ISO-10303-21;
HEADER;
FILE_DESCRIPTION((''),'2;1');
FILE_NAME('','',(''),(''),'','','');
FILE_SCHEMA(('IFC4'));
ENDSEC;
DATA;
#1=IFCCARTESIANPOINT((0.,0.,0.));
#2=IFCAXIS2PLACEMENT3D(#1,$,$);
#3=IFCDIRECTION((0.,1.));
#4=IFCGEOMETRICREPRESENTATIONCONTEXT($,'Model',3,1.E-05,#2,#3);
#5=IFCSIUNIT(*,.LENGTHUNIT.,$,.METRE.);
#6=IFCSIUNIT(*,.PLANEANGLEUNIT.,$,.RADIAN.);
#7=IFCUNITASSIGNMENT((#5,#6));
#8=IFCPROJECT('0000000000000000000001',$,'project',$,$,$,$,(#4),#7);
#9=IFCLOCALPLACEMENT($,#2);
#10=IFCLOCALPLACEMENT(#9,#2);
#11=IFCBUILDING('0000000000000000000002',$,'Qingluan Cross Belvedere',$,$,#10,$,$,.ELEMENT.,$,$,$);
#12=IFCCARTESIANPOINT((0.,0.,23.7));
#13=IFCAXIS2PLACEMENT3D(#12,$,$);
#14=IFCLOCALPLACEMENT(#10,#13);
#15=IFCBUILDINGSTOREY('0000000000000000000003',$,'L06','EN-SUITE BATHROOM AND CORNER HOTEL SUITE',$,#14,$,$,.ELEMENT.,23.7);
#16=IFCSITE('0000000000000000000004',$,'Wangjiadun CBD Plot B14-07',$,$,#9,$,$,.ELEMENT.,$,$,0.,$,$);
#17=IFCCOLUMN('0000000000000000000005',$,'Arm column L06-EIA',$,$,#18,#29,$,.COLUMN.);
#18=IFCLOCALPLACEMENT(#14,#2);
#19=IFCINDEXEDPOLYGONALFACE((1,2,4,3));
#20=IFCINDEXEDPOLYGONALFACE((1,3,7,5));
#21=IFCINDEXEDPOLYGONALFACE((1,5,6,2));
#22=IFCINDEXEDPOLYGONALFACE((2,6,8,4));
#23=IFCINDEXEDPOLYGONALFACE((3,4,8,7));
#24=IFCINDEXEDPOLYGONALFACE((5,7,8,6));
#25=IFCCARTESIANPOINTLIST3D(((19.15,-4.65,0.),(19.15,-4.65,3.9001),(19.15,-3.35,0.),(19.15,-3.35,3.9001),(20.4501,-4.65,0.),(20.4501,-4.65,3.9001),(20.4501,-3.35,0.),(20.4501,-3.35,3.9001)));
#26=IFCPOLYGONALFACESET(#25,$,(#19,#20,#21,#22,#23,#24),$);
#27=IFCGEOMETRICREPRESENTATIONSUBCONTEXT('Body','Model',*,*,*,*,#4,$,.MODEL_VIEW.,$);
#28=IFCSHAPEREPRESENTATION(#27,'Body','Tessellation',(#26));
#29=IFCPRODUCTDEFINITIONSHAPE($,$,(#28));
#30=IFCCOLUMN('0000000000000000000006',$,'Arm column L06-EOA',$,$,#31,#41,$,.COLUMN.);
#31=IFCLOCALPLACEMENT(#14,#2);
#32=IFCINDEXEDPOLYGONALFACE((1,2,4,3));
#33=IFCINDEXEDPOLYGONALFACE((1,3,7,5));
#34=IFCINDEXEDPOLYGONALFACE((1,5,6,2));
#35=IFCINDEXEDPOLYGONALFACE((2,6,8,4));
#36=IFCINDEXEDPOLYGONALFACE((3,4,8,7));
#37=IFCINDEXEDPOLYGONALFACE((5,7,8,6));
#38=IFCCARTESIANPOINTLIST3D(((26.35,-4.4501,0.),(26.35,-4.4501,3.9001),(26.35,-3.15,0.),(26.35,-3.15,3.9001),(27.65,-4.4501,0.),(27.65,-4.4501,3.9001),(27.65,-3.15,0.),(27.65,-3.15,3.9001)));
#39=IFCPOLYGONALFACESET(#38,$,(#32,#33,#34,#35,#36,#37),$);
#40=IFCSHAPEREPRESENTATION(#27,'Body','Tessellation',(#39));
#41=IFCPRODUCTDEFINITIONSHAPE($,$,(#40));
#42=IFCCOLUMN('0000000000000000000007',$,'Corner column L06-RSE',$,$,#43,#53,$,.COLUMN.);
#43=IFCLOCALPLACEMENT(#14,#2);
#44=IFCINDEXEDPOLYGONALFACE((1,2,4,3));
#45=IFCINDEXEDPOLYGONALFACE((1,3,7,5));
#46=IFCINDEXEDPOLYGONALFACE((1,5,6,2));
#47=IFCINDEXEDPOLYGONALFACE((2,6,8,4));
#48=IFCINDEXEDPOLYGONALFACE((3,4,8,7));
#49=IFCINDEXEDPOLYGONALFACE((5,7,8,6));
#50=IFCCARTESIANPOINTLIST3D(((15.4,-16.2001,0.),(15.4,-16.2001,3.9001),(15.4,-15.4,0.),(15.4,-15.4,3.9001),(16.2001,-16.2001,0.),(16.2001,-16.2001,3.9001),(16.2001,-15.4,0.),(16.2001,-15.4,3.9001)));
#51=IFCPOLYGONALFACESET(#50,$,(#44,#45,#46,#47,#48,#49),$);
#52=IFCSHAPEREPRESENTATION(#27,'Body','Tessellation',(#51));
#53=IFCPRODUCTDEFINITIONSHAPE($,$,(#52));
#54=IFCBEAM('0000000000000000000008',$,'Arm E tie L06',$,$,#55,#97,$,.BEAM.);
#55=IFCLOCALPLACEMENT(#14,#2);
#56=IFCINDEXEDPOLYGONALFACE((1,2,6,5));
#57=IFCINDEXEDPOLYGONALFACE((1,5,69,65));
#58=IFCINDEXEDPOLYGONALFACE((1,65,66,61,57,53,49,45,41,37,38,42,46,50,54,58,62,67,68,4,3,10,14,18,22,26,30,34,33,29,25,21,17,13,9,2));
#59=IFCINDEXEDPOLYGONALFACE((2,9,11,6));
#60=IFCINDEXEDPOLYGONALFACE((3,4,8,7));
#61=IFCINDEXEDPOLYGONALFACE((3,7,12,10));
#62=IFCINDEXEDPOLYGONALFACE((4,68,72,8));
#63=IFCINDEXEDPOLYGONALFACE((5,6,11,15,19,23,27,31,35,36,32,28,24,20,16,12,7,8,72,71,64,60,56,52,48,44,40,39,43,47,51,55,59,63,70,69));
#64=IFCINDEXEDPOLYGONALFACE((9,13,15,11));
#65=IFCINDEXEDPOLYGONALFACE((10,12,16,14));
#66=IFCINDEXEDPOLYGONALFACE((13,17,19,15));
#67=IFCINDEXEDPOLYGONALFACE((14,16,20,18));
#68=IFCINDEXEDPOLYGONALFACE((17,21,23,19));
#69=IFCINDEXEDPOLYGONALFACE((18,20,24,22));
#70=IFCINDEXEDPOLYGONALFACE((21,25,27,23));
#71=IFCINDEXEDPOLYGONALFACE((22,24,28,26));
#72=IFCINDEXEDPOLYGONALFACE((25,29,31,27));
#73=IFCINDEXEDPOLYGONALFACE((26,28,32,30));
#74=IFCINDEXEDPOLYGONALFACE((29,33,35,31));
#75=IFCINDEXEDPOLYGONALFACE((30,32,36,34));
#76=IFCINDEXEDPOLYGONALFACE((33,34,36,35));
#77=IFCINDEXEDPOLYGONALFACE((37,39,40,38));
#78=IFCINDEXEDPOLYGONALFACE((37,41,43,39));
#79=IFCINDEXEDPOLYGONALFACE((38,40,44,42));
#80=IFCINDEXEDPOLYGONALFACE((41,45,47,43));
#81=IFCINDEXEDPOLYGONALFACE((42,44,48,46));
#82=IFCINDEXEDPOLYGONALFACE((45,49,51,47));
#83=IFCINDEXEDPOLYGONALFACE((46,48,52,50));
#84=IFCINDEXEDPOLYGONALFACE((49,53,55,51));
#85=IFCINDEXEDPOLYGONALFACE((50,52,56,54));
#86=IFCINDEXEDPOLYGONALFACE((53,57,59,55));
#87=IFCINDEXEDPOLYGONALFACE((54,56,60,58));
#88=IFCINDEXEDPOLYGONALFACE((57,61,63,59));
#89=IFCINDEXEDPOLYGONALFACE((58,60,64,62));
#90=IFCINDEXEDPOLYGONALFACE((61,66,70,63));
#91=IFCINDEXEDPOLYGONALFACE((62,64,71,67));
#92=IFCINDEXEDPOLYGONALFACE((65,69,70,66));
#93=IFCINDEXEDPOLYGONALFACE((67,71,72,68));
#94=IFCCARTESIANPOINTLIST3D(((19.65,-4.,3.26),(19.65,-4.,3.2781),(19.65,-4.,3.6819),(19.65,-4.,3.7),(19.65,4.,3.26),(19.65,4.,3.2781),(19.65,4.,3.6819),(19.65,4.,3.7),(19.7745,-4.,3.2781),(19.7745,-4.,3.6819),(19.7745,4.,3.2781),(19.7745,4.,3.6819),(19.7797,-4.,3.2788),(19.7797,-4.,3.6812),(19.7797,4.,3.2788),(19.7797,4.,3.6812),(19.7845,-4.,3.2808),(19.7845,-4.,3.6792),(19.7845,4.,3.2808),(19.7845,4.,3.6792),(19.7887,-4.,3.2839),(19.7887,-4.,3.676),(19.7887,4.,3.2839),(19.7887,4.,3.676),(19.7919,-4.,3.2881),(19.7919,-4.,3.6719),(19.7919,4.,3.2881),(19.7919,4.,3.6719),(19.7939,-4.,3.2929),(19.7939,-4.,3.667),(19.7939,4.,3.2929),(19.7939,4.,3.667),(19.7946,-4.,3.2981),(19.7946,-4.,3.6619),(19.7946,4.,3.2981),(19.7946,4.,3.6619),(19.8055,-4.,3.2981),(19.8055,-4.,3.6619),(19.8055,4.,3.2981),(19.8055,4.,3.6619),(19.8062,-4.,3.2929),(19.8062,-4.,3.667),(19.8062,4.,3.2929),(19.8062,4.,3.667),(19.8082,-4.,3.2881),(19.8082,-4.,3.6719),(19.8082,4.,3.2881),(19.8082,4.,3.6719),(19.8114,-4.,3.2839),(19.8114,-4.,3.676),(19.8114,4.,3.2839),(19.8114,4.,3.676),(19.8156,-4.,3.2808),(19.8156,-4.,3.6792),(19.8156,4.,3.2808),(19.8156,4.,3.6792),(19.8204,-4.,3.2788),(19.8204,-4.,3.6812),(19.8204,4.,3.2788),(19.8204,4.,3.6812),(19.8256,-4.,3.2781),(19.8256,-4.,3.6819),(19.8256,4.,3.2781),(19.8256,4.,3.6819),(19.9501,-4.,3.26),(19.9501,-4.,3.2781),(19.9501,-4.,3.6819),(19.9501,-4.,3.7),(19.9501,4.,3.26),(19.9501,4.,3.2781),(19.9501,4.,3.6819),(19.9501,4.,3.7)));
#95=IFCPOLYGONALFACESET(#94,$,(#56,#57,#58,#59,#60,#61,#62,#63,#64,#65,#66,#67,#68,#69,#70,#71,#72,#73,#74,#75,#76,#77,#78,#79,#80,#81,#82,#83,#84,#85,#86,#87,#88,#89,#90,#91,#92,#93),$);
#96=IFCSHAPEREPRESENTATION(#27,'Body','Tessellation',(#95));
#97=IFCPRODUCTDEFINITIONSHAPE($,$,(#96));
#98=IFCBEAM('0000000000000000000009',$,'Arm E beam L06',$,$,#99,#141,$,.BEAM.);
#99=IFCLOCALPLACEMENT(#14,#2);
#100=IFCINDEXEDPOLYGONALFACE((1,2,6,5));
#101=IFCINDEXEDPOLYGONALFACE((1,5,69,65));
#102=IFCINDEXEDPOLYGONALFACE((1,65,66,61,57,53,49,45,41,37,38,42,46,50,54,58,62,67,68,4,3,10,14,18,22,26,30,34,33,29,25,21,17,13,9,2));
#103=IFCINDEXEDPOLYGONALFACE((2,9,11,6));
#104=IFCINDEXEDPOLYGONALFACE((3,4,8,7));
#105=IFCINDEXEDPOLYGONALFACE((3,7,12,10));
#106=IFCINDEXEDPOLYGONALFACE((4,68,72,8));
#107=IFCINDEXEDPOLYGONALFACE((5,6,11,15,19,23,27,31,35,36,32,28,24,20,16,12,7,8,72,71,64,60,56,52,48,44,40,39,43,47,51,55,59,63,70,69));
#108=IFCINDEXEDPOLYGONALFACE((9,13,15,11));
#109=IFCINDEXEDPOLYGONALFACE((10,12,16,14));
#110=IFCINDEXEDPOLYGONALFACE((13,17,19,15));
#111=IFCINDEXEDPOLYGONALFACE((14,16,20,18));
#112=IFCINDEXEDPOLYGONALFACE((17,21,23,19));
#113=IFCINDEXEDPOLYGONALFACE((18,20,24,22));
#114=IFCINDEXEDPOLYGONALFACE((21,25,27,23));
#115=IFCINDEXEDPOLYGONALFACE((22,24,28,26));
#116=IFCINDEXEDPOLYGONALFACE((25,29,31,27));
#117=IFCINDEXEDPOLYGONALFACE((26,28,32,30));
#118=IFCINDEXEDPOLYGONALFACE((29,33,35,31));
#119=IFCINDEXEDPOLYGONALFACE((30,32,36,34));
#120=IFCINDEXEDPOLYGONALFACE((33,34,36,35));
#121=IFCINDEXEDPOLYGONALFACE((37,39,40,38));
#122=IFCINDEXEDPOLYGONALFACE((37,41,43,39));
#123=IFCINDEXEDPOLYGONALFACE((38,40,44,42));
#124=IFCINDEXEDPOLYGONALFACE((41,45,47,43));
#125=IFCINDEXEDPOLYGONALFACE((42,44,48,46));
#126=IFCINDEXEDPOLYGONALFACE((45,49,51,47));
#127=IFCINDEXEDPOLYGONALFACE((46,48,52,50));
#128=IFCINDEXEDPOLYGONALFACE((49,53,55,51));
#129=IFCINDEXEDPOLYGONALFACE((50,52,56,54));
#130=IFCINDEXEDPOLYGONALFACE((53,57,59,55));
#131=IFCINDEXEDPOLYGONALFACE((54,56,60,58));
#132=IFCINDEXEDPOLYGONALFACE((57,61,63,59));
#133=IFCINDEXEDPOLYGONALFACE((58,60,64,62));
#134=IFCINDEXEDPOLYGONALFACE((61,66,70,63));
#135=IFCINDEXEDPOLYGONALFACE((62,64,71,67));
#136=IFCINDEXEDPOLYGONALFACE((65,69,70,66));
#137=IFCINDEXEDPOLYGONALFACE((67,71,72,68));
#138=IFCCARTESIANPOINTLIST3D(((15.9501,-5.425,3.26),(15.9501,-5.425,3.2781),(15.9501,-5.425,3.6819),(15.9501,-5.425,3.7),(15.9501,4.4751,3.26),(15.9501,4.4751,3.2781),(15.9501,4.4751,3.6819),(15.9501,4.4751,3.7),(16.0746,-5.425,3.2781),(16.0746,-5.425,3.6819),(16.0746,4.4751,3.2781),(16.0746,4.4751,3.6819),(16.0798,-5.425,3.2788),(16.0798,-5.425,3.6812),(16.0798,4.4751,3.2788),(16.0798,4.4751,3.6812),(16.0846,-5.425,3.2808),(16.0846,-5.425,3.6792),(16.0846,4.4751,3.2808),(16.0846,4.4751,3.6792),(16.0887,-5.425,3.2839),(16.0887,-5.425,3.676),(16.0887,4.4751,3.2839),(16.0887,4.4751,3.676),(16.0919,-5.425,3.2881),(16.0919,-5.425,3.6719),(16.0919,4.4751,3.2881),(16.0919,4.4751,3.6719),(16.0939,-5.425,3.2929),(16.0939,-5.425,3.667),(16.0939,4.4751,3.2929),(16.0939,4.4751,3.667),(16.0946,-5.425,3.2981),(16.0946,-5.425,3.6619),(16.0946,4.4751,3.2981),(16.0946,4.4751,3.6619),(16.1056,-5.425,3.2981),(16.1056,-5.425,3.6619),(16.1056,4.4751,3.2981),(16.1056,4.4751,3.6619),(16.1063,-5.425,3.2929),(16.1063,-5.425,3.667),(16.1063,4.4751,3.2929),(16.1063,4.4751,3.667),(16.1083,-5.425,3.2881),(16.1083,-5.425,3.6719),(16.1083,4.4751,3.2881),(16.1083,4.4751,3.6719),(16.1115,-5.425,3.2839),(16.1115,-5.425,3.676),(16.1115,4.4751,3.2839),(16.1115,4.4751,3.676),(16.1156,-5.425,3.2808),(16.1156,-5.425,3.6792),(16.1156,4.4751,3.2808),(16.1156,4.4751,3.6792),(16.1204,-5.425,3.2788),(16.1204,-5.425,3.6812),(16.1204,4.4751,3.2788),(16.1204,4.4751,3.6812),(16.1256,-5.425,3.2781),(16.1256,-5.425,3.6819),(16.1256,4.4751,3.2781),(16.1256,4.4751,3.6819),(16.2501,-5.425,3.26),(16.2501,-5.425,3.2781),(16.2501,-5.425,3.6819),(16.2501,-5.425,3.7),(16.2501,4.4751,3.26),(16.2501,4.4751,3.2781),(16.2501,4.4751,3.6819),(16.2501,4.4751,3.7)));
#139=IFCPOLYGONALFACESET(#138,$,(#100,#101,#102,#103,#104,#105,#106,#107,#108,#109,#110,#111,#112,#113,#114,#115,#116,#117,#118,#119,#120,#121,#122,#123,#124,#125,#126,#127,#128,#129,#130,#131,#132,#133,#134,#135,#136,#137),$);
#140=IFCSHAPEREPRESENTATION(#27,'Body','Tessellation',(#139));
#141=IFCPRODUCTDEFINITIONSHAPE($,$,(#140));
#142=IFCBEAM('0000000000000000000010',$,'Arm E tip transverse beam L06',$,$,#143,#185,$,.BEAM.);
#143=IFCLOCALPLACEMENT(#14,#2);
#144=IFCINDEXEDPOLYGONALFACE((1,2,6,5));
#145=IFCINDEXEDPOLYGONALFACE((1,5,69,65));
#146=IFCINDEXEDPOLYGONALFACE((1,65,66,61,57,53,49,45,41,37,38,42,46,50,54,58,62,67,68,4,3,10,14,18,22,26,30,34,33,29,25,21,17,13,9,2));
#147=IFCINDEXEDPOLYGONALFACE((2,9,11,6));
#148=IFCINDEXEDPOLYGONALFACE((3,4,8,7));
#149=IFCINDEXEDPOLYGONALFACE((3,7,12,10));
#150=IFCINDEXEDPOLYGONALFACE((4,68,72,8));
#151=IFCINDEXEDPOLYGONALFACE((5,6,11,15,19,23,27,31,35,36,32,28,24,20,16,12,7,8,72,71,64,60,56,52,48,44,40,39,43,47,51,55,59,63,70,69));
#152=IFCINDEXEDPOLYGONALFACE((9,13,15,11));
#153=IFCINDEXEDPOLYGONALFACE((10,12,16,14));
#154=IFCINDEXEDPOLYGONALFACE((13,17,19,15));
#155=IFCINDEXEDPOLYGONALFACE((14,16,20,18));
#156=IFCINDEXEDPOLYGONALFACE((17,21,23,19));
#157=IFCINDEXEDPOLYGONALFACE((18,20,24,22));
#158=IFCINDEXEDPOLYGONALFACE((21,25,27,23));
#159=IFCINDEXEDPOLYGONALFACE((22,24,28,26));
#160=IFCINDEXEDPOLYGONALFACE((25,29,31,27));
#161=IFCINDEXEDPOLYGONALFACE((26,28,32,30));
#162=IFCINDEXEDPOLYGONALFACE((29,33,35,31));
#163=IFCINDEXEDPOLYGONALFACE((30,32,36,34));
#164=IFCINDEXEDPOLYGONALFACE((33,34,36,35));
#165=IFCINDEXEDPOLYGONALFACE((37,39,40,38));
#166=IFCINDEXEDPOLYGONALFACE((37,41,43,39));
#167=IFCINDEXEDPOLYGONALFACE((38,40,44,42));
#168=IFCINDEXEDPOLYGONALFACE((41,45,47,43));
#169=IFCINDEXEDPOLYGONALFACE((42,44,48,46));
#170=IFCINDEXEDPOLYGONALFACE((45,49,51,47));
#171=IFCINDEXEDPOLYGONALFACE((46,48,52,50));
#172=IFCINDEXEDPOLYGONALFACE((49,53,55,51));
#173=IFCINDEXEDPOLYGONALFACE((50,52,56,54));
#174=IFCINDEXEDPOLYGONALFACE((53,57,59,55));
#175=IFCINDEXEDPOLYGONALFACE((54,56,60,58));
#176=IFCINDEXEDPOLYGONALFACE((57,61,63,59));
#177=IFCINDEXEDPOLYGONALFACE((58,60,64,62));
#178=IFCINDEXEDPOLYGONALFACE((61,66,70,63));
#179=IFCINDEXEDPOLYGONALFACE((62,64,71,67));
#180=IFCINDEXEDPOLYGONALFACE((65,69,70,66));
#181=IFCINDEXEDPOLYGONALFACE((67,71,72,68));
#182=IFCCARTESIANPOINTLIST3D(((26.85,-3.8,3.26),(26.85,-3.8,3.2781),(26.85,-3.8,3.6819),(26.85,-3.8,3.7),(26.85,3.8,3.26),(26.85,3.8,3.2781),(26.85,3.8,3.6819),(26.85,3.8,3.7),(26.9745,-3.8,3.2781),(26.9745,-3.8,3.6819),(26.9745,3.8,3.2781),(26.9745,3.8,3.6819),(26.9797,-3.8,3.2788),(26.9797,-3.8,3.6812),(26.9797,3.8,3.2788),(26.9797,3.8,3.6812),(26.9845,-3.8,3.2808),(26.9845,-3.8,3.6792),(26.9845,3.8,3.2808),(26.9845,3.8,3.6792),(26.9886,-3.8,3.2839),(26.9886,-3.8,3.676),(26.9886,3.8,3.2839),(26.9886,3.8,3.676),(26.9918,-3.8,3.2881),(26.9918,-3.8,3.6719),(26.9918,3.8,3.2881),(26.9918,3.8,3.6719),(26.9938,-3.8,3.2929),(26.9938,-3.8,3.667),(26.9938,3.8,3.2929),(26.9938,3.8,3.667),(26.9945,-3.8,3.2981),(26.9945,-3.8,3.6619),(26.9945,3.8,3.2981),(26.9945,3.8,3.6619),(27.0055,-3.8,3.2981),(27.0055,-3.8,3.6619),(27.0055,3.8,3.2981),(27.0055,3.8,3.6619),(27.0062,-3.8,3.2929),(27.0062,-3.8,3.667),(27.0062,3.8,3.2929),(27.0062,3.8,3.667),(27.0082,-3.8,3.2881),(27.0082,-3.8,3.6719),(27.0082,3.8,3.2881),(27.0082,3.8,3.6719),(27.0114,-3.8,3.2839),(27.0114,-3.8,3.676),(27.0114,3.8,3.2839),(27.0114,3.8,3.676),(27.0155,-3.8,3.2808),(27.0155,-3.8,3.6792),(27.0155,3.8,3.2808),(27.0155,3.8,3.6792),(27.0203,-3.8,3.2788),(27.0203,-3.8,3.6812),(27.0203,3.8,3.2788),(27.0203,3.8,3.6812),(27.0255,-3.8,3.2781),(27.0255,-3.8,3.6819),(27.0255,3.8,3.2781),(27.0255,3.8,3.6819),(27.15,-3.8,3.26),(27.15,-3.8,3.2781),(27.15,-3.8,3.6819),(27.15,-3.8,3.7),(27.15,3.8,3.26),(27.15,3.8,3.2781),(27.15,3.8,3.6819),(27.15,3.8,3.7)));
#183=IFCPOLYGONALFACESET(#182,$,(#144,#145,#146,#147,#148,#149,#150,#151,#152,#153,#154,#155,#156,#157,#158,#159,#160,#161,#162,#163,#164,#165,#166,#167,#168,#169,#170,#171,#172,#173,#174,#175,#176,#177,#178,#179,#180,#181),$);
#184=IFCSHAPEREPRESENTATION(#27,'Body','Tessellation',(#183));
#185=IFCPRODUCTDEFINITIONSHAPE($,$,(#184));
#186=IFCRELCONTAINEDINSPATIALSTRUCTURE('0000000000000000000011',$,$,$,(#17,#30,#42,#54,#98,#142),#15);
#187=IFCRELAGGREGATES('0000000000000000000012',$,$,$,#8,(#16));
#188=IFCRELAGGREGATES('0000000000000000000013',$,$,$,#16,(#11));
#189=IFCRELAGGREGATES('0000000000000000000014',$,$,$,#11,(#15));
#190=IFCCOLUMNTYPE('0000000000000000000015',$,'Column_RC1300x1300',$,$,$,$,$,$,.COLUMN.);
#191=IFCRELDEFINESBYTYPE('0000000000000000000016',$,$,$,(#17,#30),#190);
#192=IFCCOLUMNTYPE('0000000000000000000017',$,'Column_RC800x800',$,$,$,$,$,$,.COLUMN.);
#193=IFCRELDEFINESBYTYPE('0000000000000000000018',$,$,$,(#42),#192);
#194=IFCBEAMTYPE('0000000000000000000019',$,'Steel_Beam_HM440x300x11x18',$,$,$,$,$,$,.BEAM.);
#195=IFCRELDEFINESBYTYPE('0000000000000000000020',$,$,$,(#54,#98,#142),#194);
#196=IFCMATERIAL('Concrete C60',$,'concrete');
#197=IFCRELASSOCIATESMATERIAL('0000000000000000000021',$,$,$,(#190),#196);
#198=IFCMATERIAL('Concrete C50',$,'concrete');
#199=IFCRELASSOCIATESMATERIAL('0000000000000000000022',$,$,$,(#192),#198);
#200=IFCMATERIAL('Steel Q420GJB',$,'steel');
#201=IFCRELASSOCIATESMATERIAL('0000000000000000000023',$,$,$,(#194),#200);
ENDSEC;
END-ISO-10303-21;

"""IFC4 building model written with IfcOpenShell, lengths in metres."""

from ifc_helpers import new_model, si_unit, direction, frame, origin, origin_2d, place, context, subcontext, project, spatial, rectangle, i_section, extrude, material, material_profile, profile_set, type_object, element, save


model = new_model("IFC4")

# Units and contexts
model_context = context("Model", 3, precision=1e-05, world=origin(), true_north=direction((0.0, 1.0)))
body_context = subcontext(model_context, "Body", "Model", "MODEL_VIEW")
ifc_project = project(units=[si_unit("LENGTHUNIT", "METRE"), si_unit("PLANEANGLEUNIT", "RADIAN")], contexts=[model_context])

# Site, building, storey
site_placement = place(None, origin())
site = spatial("IfcSite", under=ifc_project, at=site_placement, Name="Wangjiadun CBD Plot B14-07", CompositionType="ELEMENT", RefElevation=0.0)
building_placement = place(site_placement, origin())
building = spatial("IfcBuilding", under=site, at=building_placement, Name="Qingluan Cross Belvedere", CompositionType="ELEMENT")
storey_placement = place(building_placement, frame((0.0, 0.0, 23.7)))
storey = spatial("IfcBuildingStorey", under=building, at=storey_placement, Name="L06", Description="EN-SUITE BATHROOM AND CORNER HOTEL SUITE", CompositionType="ELEMENT", Elevation=23.7)

# Columns
ifc_material_1 = material(Name="Concrete C60", Category="concrete")
ifc_material_profile_1 = material_profile(ifc_material_1, rectangle(XDim=1.3, YDim=1.3, at=origin_2d()), Name="RC1300x1300")
ifc_profile_set_1 = profile_set([ifc_material_profile_1], Name="Concrete C60")
column_type_1 = type_object("IfcColumnType", Name="Column_RC1300x1300", PredefinedType="COLUMN", material=ifc_profile_set_1)
for number, where, z_axis, x_axis, name in (
    (1, (19.8, -4.0, 0.0), (0.0, 0.0, 1.0), (1.0, 0.0, 0.0), "Arm column L06-EIA"),
    (2, (27.0, -3.8, 0.0), (0.0, 0.0, 1.0), (1.0, 0.0, 0.0), "Arm column L06-EOA"),
):
    element("IfcColumn", number, at=place(storey_placement, frame(where, z_axis=z_axis, x_axis=x_axis)), inside=storey, type_object=column_type_1, Name=name, PredefinedType="COLUMN", context=body_context, shape_type="SweptSolid", body=[
        extrude(rectangle(XDim=1.3, YDim=1.3, at=origin_2d()), origin(), (0.0, 0.0, 1.0), 3.9001),
    ])
ifc_material_2 = material(Name="Concrete C50", Category="concrete")
ifc_material_profile_2 = material_profile(ifc_material_2, rectangle(XDim=0.8, YDim=0.8, at=origin_2d()), Name="RC800x800")
ifc_profile_set_2 = profile_set([ifc_material_profile_2], Name="Concrete C50")
column_type_2 = type_object("IfcColumnType", Name="Column_RC800x800", PredefinedType="COLUMN", material=ifc_profile_set_2)
column_placement = place(storey_placement, frame((15.8, -15.8, 0.0), z_axis=(0.0, 0.0, 1.0), x_axis=(1.0, 0.0, 0.0)))
element("IfcColumn", 3, at=column_placement, inside=storey, type_object=column_type_2, Name="Corner column L06-RSE", PredefinedType="COLUMN", context=body_context, shape_type="SweptSolid", body=[
    extrude(rectangle(XDim=0.8, YDim=0.8, at=origin_2d()), origin(), (0.0, 0.0, 1.0), 3.9001),
])

# Beams
ifc_material_3 = material(Name="Steel Q420GJB", Category="steel")
ifc_material_profile_3 = material_profile(ifc_material_3, i_section(OverallWidth=0.3, OverallDepth=0.4399, WebThickness=0.011, FlangeThickness=0.0181, FilletRadius=0.02, at=origin_2d()), Name="HM440x300x11x18")
ifc_profile_set_3 = profile_set([ifc_material_profile_3], Name="Steel Q420GJB")
beam_type_1 = type_object("IfcBeamType", Name="Steel_Beam_HM440x300x11x18", PredefinedType="BEAM", material=ifc_profile_set_3)
beam_1_placement = place(storey_placement, frame((19.8, -4.0, 3.48), z_axis=(0.0, 1.0, 0.0), x_axis=(-1.0, 0.0, 0.0)))
element("IfcBeam", 4, at=beam_1_placement, inside=storey, type_object=beam_type_1, Name="Arm E tie L06", PredefinedType="BEAM", context=body_context, shape_type="SweptSolid", body=[
    extrude(i_section(OverallWidth=0.3, OverallDepth=0.4399, WebThickness=0.011, FlangeThickness=0.0181, FilletRadius=0.02, at=origin_2d()), origin(), (0.0, 0.0, 1.0), 8.0),
])
beam_2_placement = place(storey_placement, frame((16.1001, -5.425, 3.48), z_axis=(0.0, 1.0, 0.0), x_axis=(-1.0, 0.0, 0.0)))
element("IfcBeam", 5, at=beam_2_placement, inside=storey, type_object=beam_type_1, Name="Arm E beam L06", PredefinedType="BEAM", context=body_context, shape_type="SweptSolid", body=[
    extrude(i_section(OverallWidth=0.3, OverallDepth=0.4399, WebThickness=0.011, FlangeThickness=0.0181, FilletRadius=0.02, at=origin_2d()), origin(), (0.0, 0.0, 1.0), 9.9001),
])
beam_3_placement = place(storey_placement, frame((27.0, -3.8, 3.48), z_axis=(0.0, 1.0, 0.0), x_axis=(-1.0, 0.0, 0.0)))
element("IfcBeam", 6, at=beam_3_placement, inside=storey, type_object=beam_type_1, Name="Arm E tip transverse beam L06", PredefinedType="BEAM", context=body_context, shape_type="SweptSolid", body=[
    extrude(i_section(OverallWidth=0.3, OverallDepth=0.4399, WebThickness=0.011, FlangeThickness=0.0181, FilletRadius=0.02, at=origin_2d()), origin(), (0.0, 0.0, 1.0), 7.6001),
])

save(model, "model.ifc")
